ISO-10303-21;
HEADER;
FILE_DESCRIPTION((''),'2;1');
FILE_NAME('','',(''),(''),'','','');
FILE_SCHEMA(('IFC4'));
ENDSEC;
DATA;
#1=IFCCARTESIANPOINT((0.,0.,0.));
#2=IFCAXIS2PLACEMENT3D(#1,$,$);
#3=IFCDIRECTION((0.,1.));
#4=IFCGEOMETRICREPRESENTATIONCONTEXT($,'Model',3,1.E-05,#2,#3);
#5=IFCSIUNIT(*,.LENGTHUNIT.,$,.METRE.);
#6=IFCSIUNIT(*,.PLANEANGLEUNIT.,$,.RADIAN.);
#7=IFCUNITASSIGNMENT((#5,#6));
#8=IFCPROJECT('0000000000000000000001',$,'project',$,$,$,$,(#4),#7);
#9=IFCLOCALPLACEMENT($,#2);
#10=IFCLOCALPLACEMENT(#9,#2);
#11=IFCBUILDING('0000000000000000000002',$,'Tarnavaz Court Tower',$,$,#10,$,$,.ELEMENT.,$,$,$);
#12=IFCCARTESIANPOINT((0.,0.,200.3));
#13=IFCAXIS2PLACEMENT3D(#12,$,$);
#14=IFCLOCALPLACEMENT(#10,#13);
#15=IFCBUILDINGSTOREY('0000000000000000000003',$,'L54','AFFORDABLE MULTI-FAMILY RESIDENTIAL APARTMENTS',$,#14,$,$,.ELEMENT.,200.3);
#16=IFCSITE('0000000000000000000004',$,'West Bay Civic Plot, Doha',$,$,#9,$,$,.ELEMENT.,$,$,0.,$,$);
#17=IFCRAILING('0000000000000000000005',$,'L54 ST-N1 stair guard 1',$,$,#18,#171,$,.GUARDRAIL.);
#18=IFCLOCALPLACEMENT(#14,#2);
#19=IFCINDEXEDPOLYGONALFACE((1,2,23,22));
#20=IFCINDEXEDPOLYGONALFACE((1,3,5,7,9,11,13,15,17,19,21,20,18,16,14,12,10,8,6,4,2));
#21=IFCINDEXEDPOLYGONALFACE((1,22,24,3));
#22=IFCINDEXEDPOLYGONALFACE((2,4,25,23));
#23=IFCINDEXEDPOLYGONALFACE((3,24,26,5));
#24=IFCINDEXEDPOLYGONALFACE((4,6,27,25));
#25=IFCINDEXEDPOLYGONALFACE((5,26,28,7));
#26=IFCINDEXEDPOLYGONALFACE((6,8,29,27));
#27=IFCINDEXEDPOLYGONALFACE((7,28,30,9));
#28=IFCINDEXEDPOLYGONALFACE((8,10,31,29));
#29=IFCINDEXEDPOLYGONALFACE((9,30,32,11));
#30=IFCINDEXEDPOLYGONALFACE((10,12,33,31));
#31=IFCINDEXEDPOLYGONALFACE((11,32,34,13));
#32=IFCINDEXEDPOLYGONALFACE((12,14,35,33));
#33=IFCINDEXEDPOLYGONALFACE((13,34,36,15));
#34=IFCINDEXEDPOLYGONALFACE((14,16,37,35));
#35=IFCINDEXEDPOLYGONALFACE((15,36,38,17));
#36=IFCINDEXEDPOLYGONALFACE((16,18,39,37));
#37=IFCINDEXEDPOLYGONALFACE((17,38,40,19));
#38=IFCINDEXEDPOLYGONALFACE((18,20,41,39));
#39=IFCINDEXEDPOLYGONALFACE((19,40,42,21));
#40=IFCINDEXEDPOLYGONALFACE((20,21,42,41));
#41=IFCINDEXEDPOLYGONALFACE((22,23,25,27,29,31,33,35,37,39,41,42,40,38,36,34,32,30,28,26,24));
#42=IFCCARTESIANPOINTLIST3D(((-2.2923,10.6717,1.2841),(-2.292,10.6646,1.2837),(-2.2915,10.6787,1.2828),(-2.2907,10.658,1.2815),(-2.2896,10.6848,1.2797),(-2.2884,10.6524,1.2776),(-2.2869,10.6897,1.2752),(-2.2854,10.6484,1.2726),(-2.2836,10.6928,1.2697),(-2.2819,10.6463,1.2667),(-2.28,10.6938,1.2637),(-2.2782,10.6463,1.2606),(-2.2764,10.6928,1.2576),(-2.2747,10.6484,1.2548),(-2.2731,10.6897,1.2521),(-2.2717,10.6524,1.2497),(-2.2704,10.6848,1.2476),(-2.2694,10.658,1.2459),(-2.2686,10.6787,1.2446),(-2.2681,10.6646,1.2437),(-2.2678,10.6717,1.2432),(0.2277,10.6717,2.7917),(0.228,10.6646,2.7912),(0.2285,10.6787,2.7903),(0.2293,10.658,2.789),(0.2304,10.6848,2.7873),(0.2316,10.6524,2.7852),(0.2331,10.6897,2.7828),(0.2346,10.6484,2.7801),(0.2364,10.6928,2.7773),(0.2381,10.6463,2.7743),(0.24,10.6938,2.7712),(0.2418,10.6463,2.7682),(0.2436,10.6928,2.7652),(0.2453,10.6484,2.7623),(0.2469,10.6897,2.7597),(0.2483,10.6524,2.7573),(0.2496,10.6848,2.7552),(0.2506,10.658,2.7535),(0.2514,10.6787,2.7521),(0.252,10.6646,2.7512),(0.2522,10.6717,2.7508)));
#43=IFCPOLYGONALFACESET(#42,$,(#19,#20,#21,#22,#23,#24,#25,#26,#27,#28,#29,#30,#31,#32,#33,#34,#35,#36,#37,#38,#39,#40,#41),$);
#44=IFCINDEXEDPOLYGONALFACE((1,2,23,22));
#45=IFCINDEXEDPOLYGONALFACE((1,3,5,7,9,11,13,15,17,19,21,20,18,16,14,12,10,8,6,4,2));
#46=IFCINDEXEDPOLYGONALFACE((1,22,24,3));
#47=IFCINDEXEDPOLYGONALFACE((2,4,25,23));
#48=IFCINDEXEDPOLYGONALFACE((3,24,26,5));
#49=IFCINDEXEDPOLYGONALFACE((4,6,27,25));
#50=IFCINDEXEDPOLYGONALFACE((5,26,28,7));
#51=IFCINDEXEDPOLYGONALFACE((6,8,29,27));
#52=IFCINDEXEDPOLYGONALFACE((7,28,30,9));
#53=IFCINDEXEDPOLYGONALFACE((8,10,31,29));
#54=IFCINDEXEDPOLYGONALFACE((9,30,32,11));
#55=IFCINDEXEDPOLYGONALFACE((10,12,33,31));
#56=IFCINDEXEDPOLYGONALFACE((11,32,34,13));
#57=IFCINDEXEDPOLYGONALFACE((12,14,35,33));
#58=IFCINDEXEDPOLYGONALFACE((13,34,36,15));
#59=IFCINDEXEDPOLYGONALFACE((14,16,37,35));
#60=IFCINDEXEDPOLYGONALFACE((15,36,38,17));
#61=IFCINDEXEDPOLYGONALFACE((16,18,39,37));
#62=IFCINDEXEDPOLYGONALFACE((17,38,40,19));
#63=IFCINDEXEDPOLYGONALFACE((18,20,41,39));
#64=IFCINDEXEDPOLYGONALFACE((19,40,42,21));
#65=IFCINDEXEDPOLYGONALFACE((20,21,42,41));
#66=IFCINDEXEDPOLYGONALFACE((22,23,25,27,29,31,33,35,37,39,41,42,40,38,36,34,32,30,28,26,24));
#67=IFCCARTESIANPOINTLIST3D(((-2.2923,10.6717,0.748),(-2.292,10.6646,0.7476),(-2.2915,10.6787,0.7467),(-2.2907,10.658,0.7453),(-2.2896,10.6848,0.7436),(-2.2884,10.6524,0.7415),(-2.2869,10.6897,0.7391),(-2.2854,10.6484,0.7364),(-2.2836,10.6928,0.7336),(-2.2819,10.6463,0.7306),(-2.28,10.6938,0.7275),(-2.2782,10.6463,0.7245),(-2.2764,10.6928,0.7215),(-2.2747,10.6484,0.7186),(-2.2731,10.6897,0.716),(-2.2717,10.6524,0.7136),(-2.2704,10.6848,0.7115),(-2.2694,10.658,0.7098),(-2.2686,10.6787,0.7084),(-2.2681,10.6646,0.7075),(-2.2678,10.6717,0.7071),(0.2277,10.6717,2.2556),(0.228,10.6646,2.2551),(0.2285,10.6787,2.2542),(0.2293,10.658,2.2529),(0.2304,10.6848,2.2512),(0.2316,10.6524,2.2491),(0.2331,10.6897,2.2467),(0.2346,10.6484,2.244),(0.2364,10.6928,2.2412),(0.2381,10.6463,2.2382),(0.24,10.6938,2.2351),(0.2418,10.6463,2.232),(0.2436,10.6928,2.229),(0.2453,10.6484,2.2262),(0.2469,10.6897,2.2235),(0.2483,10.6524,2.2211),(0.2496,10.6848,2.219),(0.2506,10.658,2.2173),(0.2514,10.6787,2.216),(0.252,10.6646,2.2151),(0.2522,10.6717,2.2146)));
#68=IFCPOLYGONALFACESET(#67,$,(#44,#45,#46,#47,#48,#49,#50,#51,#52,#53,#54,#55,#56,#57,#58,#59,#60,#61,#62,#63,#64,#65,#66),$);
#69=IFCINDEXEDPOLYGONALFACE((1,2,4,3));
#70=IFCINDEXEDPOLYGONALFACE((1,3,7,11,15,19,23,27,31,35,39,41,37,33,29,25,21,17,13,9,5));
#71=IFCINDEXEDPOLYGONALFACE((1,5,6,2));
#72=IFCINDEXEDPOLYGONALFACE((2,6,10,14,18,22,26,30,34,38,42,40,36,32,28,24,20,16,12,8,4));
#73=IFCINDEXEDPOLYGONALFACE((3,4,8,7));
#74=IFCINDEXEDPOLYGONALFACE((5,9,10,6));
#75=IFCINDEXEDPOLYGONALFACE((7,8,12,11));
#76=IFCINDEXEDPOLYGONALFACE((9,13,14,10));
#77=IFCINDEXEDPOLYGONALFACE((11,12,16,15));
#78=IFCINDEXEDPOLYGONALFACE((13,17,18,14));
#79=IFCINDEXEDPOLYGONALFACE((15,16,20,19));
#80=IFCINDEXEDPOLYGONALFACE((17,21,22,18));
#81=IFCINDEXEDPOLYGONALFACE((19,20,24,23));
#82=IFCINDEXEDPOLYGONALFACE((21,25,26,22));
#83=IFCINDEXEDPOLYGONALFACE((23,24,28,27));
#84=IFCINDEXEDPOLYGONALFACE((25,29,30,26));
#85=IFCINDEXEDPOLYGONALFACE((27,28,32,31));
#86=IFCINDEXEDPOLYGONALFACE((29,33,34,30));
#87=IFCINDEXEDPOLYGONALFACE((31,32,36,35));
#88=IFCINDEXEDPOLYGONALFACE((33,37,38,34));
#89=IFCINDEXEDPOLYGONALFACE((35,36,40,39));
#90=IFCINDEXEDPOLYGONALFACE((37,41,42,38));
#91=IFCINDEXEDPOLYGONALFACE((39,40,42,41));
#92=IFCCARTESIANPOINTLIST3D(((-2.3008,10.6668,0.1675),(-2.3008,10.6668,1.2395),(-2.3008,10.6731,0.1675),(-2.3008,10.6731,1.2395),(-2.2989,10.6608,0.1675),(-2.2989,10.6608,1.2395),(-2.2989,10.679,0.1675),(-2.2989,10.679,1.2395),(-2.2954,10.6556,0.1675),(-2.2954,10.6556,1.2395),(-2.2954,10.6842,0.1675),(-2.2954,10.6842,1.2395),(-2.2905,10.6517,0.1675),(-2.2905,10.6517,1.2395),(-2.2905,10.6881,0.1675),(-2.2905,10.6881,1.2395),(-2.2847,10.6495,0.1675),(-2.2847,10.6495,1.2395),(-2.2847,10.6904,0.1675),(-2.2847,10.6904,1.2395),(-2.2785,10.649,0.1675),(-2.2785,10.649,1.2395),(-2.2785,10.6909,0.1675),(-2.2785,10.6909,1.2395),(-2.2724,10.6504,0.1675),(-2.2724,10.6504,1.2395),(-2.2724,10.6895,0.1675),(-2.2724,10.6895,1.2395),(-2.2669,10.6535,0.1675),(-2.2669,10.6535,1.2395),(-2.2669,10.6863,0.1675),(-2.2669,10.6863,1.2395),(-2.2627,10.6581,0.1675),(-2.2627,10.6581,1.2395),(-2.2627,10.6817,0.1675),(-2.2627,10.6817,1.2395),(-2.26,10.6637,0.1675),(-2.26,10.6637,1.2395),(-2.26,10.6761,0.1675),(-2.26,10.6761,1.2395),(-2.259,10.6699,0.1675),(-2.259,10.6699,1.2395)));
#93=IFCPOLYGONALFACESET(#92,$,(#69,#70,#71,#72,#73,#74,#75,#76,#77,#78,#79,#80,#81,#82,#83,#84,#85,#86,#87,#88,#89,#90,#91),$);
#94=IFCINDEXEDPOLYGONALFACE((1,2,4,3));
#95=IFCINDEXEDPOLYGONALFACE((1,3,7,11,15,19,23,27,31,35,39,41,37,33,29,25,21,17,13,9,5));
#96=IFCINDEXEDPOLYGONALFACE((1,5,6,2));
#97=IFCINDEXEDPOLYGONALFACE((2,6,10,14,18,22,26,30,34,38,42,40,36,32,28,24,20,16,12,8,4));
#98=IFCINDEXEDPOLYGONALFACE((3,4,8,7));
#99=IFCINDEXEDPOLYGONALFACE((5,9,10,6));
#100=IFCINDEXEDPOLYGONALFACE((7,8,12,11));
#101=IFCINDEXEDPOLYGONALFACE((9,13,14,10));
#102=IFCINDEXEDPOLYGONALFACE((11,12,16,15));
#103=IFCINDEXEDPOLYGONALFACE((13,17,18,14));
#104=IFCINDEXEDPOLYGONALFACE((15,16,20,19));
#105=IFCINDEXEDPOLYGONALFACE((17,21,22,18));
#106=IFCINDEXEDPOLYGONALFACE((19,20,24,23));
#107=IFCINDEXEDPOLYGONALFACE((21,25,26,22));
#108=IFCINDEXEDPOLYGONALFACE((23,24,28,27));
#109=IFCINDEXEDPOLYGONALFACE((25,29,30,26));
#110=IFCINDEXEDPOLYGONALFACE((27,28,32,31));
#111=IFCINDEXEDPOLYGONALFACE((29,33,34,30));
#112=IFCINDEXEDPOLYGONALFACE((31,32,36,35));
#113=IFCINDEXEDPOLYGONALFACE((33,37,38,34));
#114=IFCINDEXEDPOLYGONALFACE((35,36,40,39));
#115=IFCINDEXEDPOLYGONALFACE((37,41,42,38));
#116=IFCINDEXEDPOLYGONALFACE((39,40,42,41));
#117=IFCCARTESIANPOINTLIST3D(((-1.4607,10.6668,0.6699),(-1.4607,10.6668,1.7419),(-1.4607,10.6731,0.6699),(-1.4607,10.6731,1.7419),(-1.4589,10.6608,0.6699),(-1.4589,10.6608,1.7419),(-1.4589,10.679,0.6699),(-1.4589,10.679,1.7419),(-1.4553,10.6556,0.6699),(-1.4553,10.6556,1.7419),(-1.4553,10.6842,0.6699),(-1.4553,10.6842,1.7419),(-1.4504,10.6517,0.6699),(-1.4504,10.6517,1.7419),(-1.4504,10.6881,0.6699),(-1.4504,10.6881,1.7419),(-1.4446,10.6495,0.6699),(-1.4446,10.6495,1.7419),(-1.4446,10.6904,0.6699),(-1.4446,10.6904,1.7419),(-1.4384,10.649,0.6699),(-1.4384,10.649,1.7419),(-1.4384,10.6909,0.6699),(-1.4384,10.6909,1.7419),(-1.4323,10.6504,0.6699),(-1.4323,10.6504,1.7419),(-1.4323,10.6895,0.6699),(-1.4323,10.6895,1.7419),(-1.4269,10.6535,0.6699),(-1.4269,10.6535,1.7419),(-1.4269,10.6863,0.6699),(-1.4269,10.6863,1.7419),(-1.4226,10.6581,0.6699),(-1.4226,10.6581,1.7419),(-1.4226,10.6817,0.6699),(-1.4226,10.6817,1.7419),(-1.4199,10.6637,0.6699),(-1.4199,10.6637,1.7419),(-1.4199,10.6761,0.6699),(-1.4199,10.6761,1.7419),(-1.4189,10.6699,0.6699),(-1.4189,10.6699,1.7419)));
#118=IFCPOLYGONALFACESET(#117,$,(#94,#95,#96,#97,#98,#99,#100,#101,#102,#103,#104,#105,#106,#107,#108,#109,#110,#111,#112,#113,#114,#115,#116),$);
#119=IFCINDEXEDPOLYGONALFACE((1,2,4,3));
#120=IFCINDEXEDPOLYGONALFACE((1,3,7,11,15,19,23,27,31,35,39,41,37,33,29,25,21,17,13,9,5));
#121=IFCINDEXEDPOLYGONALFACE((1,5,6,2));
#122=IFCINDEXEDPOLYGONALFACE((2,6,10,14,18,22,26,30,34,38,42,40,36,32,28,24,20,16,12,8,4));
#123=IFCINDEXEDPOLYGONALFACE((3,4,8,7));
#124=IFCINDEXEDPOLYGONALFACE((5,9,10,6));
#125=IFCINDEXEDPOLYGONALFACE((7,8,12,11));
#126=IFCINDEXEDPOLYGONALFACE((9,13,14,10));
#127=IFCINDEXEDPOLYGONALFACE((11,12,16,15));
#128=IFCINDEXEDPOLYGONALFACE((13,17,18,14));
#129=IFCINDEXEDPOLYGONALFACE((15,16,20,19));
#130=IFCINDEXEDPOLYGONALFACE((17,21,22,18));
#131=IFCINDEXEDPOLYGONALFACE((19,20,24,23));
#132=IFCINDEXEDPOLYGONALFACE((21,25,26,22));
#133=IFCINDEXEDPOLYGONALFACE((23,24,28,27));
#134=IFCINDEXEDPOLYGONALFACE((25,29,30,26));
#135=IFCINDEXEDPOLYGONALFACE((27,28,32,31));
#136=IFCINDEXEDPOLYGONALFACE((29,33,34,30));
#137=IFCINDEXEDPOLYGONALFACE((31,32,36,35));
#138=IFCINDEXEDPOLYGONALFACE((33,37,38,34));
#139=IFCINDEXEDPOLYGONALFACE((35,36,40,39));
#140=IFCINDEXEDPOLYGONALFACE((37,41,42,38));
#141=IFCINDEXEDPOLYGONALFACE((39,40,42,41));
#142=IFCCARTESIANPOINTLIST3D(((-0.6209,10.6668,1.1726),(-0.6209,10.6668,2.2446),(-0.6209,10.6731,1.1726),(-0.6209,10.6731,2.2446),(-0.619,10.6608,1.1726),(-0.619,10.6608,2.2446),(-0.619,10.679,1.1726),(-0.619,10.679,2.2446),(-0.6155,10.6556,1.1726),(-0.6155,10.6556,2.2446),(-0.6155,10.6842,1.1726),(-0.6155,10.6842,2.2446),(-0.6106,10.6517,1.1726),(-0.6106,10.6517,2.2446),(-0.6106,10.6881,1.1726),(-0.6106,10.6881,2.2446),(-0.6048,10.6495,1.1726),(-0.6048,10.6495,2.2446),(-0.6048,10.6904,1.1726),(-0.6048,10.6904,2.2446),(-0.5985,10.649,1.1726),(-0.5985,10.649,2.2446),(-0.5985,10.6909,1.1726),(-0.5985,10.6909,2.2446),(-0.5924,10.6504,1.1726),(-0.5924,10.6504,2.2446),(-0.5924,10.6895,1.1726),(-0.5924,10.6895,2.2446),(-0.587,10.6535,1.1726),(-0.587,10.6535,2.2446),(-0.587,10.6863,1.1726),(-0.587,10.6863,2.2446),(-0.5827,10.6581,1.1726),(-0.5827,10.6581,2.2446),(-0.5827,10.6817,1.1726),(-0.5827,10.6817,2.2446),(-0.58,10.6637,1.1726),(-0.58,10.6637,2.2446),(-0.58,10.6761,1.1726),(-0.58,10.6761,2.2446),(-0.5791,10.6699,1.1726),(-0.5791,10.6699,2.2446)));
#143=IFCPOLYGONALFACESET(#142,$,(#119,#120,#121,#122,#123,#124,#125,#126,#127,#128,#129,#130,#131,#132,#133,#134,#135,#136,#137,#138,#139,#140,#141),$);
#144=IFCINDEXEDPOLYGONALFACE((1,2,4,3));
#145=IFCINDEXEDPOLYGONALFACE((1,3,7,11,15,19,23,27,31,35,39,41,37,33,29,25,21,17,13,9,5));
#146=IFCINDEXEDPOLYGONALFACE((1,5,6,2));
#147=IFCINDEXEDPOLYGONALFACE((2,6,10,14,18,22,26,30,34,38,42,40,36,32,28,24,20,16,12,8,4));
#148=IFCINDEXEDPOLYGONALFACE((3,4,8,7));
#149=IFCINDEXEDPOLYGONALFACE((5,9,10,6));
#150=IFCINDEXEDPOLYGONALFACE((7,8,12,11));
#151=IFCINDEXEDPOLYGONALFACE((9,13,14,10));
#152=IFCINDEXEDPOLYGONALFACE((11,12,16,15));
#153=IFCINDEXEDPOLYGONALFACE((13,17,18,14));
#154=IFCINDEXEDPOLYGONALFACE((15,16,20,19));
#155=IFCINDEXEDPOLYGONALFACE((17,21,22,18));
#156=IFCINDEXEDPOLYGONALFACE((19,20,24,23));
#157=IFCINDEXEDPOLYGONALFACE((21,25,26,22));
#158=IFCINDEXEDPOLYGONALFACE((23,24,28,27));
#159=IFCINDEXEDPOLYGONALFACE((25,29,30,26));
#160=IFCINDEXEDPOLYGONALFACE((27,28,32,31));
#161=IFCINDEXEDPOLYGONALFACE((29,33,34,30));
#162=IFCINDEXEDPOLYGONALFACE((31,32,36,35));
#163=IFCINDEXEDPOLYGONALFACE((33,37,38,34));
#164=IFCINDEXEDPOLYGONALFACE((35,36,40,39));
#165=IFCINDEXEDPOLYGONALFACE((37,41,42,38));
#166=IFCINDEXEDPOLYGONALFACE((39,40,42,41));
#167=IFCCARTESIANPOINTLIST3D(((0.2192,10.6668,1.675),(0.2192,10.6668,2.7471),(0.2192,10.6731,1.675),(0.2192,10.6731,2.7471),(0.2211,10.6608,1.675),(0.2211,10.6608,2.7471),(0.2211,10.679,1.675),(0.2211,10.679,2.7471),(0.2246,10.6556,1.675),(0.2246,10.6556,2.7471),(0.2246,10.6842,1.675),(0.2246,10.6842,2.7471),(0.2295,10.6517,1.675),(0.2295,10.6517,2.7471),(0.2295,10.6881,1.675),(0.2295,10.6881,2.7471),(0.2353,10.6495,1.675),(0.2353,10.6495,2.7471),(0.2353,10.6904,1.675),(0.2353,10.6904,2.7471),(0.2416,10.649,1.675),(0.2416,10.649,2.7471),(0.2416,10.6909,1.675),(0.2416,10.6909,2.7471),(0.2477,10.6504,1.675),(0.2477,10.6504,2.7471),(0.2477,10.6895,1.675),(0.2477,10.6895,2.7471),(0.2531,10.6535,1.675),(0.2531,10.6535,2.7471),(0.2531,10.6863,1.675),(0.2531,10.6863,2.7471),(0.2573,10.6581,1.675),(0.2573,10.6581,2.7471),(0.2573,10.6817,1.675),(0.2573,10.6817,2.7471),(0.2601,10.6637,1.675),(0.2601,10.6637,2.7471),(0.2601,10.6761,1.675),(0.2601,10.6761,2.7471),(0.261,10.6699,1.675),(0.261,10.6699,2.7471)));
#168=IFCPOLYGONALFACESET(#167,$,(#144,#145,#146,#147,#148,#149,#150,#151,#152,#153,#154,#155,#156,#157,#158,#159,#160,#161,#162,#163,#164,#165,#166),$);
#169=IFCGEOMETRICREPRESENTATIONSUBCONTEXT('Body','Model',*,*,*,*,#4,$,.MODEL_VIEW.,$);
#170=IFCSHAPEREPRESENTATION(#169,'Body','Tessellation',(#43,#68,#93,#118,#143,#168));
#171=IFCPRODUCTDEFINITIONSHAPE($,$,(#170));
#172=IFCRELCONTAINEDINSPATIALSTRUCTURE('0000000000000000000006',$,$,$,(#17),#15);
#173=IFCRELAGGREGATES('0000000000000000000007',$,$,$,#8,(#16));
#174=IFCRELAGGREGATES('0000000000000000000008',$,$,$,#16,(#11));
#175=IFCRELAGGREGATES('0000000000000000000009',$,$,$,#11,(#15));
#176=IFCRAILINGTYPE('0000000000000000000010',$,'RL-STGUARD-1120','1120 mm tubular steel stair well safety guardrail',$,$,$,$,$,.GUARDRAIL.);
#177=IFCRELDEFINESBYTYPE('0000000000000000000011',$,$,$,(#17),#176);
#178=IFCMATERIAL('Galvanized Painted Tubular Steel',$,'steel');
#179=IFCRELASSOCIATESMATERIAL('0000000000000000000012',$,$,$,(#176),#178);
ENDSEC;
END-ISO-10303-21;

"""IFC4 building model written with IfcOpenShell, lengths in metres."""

from ifc_helpers import new_model, si_unit, direction, frame, origin, origin_2d, place, context, subcontext, project, spatial, circle, extrude, material, type_object, element, save


model = new_model("IFC4")

# Units and contexts
model_context = context("Model", 3, precision=1e-05, world=origin(), true_north=direction((0.0, 1.0)))
body_context = subcontext(model_context, "Body", "Model", "MODEL_VIEW")
ifc_project = project(units=[si_unit("LENGTHUNIT", "METRE"), si_unit("PLANEANGLEUNIT", "RADIAN")], contexts=[model_context])

# Site, building, storey
site_placement = place(None, origin())
site = spatial("IfcSite", under=ifc_project, at=site_placement, Name="West Bay Civic Plot, Doha", CompositionType="ELEMENT", RefElevation=0.0)
building_placement = place(site_placement, origin())
building = spatial("IfcBuilding", under=site, at=building_placement, Name="Tarnavaz Court Tower", CompositionType="ELEMENT")
storey_placement = place(building_placement, frame((0.0, 0.0, 200.3)))
storey = spatial("IfcBuildingStorey", under=building, at=storey_placement, Name="L54", Description="AFFORDABLE MULTI-FAMILY RESIDENTIAL APARTMENTS", CompositionType="ELEMENT", Elevation=200.3)

# Railing
ifc_material_1 = material(Name="Galvanized Painted Tubular Steel", Category="steel")
railing_type_1 = type_object("IfcRailingType", Name="RL-STGUARD-1120", Description="1120 mm tubular steel stair well safety guardrail", PredefinedType="GUARDRAIL", material=ifc_material_1)
railing_1_placement = place(storey_placement, frame((-2.28, 10.6699, 0.1675)))
element("IfcRailing", 1, at=railing_1_placement, inside=storey, type_object=railing_type_1, Name="L54 ST-N1 stair guard 1", PredefinedType="GUARDRAIL", context=body_context, shape_type="SweptSolid", body=[
    extrude(circle(Radius=0.0239, at=origin_2d()), frame((0.0, 0.0, 1.0962), z_axis=(0.85816, 0.0, 0.513383), x_axis=(0.0, 1.0, 0.0)), (0.0, 0.0, 1.0), 2.9365),
    extrude(circle(Radius=0.0239, at=origin_2d()), frame((0.0, 0.0, 0.5601), z_axis=(0.85816, 0.0, 0.513383), x_axis=(0.0, 1.0, 0.0)), (0.0, 0.0, 1.0), 2.9365),
    extrude(circle(Radius=0.021, at=origin_2d()), origin(), (0.0, 0.0, 1.0), 1.072),
    extrude(circle(Radius=0.021, at=origin_2d()), frame((0.8401, 0.0, 0.5024)), (0.0, 0.0, 1.0), 1.072),
    extrude(circle(Radius=0.021, at=origin_2d()), frame((1.6799, 0.0, 1.0051)), (0.0, 0.0, 1.0), 1.072),
    extrude(circle(Radius=0.021, at=origin_2d()), frame((2.52, 0.0, 1.5076)), (0.0, 0.0, 1.0), 1.072),
])

save(model, "model.ifc")
